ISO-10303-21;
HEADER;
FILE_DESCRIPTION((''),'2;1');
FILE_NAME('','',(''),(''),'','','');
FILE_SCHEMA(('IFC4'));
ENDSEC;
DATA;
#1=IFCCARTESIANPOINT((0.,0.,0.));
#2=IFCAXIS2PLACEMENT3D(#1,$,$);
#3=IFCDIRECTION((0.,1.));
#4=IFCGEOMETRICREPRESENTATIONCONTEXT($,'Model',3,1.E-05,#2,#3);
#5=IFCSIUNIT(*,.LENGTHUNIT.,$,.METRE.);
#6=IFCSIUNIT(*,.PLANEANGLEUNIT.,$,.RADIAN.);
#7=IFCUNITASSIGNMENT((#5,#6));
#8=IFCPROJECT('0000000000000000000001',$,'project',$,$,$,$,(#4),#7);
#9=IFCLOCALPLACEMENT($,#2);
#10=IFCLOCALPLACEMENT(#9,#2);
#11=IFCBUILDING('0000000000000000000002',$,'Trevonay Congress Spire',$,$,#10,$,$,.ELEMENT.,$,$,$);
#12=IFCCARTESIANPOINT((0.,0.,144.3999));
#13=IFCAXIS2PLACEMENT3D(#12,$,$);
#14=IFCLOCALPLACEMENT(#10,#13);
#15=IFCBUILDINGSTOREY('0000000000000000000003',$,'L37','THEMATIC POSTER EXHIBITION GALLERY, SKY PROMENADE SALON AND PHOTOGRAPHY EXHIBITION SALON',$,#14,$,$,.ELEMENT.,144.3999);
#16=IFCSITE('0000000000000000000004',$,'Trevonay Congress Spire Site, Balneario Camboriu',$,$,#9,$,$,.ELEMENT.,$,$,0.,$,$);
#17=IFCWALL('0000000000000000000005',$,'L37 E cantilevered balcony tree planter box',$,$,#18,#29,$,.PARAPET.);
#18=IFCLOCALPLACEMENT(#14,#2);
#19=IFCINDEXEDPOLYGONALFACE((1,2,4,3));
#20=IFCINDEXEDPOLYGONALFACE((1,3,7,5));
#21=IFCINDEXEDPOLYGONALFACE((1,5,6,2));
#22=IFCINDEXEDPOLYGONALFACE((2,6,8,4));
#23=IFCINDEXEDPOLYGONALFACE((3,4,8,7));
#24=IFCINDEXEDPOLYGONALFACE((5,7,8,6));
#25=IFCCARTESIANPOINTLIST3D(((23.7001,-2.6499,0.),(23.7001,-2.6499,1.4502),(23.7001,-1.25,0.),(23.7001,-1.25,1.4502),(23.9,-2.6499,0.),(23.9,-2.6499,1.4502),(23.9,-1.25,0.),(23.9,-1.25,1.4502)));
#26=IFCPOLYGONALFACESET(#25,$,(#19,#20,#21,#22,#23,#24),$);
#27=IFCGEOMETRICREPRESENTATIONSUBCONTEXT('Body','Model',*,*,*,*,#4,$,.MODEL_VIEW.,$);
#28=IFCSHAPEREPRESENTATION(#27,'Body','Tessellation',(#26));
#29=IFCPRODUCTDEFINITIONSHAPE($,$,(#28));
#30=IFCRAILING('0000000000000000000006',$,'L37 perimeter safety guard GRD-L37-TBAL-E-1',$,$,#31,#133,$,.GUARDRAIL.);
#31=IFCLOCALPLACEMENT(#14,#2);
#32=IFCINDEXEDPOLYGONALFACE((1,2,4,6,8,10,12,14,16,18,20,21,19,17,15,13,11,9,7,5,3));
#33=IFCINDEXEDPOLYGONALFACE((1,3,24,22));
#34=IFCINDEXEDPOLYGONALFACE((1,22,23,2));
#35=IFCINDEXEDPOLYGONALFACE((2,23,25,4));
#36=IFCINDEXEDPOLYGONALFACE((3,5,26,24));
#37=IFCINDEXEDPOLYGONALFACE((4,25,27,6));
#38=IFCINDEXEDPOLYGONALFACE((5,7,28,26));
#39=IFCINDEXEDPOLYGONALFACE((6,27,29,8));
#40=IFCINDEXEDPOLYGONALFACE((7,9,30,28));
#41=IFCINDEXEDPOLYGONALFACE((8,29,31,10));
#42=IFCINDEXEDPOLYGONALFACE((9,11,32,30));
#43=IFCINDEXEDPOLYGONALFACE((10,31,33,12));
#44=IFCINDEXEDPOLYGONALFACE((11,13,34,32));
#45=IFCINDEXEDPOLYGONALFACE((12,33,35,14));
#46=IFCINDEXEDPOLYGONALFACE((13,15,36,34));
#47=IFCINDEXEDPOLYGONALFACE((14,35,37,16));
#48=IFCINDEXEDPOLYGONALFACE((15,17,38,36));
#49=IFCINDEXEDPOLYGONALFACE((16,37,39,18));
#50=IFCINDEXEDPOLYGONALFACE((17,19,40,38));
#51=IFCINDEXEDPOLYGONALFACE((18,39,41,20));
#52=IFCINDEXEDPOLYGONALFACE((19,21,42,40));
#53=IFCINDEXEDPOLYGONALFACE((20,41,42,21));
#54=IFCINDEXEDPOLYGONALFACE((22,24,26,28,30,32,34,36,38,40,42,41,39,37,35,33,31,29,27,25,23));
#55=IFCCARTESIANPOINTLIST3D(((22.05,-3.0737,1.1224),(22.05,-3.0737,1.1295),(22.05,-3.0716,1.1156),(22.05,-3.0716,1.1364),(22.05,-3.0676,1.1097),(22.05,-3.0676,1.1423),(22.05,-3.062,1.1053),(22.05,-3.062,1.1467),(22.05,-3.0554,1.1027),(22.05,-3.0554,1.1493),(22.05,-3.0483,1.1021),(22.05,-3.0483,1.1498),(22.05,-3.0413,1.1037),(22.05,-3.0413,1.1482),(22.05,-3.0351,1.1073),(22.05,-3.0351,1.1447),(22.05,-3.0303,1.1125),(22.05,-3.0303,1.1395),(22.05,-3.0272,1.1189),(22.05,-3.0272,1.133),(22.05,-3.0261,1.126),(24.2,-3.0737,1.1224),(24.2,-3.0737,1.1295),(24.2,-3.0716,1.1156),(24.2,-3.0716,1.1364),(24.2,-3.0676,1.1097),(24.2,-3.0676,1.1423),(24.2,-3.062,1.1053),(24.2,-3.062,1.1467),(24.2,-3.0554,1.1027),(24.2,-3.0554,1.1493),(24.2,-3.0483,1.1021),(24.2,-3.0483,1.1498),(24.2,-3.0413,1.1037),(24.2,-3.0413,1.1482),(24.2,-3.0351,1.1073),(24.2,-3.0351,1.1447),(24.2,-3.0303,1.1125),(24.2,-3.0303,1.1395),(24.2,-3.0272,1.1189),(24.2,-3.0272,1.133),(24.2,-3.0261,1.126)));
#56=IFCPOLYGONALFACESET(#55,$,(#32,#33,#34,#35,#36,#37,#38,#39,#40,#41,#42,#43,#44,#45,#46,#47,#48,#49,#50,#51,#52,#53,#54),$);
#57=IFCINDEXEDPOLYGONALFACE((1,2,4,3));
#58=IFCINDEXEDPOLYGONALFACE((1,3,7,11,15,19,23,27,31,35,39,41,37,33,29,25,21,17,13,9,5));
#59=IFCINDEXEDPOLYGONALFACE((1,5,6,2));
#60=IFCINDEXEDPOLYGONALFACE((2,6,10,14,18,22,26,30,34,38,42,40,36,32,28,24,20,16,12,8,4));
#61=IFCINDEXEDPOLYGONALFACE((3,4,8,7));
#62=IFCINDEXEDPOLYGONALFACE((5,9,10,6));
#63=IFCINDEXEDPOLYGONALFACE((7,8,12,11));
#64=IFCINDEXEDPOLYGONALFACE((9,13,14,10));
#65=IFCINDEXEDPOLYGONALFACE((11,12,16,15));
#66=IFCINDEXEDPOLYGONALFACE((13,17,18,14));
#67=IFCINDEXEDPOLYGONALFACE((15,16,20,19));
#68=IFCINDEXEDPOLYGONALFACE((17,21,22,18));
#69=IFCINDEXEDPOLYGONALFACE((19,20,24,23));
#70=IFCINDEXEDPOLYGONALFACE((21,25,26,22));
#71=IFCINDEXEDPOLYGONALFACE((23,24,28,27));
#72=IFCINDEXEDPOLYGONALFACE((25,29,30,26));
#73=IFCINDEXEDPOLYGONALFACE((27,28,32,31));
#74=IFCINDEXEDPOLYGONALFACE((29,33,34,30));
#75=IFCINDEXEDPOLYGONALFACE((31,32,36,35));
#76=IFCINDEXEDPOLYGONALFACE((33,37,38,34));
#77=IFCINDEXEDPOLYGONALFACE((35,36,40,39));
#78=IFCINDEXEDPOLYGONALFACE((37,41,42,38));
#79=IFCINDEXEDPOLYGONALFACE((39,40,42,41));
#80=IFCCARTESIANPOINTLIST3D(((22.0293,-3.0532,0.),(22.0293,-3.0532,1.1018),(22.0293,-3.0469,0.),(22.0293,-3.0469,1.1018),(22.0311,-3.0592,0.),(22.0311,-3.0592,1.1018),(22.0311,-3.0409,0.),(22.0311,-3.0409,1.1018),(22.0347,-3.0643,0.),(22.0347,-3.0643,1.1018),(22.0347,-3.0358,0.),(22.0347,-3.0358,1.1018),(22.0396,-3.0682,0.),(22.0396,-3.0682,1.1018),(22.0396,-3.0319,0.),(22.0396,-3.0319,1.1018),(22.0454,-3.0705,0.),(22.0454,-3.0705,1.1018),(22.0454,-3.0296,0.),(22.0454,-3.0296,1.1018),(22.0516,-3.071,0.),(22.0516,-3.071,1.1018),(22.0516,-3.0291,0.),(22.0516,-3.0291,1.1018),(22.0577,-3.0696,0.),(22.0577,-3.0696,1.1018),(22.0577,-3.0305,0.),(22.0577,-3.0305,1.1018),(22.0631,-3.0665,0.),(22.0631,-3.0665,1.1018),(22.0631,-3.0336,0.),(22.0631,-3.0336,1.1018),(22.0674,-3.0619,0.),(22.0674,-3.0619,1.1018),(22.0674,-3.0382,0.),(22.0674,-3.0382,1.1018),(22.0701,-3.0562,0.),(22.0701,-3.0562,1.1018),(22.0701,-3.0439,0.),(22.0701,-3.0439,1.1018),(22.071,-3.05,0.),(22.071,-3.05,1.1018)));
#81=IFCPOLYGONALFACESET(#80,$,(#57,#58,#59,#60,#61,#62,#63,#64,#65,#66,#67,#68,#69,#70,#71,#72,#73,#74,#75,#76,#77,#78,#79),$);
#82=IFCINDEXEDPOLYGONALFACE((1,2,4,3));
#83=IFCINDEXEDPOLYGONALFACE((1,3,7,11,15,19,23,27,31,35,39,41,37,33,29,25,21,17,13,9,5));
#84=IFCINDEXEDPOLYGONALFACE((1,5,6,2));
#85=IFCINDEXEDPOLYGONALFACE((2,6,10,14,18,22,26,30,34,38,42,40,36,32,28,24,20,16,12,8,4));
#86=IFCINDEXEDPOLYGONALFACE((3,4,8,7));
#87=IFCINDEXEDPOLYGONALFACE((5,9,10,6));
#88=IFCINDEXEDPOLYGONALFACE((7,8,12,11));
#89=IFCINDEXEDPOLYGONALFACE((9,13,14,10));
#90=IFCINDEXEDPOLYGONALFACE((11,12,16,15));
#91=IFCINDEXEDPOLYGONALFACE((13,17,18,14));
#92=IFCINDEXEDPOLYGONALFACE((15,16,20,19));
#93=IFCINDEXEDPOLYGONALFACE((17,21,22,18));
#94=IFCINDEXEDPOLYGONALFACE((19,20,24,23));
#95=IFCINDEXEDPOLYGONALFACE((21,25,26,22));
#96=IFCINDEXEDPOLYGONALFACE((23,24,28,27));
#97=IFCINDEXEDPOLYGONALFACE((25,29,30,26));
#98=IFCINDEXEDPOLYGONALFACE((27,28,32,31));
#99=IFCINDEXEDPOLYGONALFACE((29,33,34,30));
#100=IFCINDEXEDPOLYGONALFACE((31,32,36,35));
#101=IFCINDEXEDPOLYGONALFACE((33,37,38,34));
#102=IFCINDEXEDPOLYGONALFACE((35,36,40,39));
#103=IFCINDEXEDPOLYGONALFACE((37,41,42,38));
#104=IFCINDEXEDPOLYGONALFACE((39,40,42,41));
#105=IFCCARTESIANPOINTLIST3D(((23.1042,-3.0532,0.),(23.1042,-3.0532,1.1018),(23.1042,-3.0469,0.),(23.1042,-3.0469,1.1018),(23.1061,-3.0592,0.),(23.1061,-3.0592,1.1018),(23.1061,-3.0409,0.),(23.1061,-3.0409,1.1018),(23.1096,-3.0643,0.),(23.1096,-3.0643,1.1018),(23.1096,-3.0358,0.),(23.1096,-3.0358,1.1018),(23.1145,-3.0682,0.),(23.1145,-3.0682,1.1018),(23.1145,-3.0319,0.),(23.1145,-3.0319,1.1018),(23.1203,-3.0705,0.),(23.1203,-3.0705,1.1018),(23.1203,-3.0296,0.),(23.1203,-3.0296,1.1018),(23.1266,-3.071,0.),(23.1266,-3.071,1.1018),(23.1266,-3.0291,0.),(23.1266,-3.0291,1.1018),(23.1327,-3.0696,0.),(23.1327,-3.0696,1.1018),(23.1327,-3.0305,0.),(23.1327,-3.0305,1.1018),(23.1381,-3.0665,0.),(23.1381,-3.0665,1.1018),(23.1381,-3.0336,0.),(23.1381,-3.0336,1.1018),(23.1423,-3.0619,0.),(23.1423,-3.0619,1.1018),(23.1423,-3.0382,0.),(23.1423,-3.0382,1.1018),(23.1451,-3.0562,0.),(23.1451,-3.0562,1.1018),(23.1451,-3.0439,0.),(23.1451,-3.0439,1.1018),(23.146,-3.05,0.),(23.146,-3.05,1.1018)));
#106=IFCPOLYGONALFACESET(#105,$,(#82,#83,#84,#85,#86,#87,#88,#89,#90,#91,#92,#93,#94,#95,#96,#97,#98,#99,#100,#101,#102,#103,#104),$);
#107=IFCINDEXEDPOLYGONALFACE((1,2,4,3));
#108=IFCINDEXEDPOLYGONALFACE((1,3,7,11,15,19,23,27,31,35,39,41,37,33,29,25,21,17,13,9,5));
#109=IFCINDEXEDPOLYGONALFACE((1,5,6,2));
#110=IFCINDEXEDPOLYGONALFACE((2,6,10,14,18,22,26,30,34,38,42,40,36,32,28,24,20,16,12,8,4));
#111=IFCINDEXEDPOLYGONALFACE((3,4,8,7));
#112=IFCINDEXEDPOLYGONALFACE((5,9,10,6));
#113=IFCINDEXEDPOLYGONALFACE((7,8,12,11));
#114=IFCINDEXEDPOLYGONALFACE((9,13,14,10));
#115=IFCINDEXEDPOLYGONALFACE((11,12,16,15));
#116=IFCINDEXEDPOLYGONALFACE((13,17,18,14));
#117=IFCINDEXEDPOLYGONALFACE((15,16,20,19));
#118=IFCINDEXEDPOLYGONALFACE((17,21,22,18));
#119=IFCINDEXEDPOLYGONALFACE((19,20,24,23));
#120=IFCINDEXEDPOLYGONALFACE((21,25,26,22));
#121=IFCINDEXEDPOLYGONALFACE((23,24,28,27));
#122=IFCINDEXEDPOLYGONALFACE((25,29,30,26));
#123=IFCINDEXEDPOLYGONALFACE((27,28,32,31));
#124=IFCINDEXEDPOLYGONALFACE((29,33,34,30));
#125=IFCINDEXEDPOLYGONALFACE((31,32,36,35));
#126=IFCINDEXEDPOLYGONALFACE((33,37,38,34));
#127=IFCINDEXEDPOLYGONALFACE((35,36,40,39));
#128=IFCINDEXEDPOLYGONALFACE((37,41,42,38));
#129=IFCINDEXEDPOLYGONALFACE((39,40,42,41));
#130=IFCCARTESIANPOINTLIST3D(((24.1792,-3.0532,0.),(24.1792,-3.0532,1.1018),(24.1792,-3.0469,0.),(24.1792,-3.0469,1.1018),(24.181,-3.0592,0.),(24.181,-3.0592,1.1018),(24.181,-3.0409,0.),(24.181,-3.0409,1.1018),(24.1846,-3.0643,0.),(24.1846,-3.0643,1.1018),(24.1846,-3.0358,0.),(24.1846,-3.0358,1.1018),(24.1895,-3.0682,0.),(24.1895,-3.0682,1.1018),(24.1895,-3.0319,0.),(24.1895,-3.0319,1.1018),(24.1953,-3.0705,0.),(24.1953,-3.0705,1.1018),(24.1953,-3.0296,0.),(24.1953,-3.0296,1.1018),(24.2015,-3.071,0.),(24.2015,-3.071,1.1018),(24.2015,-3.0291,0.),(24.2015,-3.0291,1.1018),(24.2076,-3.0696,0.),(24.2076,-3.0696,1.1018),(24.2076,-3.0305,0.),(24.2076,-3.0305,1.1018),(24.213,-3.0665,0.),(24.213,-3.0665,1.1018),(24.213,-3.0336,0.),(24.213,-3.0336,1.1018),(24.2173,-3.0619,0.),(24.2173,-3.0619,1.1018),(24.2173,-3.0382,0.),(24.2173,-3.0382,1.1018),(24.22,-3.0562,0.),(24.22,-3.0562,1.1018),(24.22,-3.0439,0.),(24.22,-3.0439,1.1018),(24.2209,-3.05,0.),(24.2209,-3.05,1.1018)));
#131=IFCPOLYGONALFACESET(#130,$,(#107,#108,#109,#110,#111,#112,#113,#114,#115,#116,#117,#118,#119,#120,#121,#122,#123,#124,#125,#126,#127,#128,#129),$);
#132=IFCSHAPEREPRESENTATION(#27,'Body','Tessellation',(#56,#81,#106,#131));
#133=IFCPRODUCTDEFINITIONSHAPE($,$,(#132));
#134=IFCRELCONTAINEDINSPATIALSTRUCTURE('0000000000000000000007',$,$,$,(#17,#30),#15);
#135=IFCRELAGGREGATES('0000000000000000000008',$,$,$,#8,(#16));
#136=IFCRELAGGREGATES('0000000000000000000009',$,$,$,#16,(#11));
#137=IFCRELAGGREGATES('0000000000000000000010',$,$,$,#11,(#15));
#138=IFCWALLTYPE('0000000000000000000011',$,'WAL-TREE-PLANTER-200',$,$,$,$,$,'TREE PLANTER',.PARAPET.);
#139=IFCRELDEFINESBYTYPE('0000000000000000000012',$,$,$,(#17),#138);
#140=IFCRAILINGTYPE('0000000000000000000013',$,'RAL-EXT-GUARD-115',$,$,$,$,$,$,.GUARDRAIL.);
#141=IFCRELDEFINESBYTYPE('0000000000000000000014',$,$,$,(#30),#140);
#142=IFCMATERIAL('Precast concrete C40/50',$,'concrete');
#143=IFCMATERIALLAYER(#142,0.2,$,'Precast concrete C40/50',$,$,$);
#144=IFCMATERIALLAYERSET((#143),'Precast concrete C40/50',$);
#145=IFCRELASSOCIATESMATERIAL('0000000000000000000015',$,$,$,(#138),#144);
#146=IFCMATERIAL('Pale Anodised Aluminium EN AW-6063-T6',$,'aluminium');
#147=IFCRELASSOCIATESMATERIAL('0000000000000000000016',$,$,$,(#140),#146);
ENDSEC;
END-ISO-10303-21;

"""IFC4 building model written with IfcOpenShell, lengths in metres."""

from ifc_helpers import new_model, si_unit, direction, frame, frame_2d, origin, origin_2d, place, context, subcontext, project, spatial, rectangle, circle, extrude, material, layer, layer_set, type_object, element, save


model = new_model("IFC4")

# Units and contexts
model_context = context("Model", 3, precision=1e-05, world=origin(), true_north=direction((0.0, 1.0)))
body_context = subcontext(model_context, "Body", "Model", "MODEL_VIEW")
ifc_project = project(units=[si_unit("LENGTHUNIT", "METRE"), si_unit("PLANEANGLEUNIT", "RADIAN")], contexts=[model_context])

# Site, building, storey
site_placement = place(None, origin())
site = spatial("IfcSite", under=ifc_project, at=site_placement, Name="Trevonay Congress Spire Site, Balneario Camboriu", CompositionType="ELEMENT", RefElevation=0.0)
building_placement = place(site_placement, origin())
building = spatial("IfcBuilding", under=site, at=building_placement, Name="Trevonay Congress Spire", CompositionType="ELEMENT")
storey_placement = place(building_placement, frame((0.0, 0.0, 144.3999)))
storey = spatial("IfcBuildingStorey", under=building, at=storey_placement, Name="L37", Description="THEMATIC POSTER EXHIBITION GALLERY, SKY PROMENADE SALON AND PHOTOGRAPHY EXHIBITION SALON", CompositionType="ELEMENT", Elevation=144.3999)

# Shared definitions
ifc_material_1 = material(Name="Pale Anodised Aluminium EN AW-6063-T6", Category="aluminium")

# Shared definitions
ifc_material_2 = material(Name="Precast concrete C40/50", Category="concrete")

# Wall
ifc_layer_1 = layer(ifc_material_2, 0.2, Name="Precast concrete C40/50")
ifc_layer_set_1 = layer_set([ifc_layer_1], Name="Precast concrete C40/50")
wall_type_1 = type_object("IfcWallType", Name="WAL-TREE-PLANTER-200", ElementType="TREE PLANTER", PredefinedType="PARAPET", material=ifc_layer_set_1)
wall_1_placement = place(storey_placement, frame((23.8, -2.6499, 0.0), z_axis=(0.0, 0.0, 1.0), x_axis=(0.0, 1.0, 0.0)))
element("IfcWall", 1, at=wall_1_placement, inside=storey, type_object=wall_type_1, Name="L37 E cantilevered balcony tree planter box", PredefinedType="PARAPET", context=body_context, shape_type="SweptSolid", body=[
    extrude(rectangle(XDim=1.3999, YDim=0.2, at=frame_2d((0.7, 0.0))), origin(), (0.0, 0.0, 1.0), 1.4502),
])

# Railing
railing_type = type_object("IfcRailingType", Name="RAL-EXT-GUARD-115", PredefinedType="GUARDRAIL", material=ifc_material_1)
railing_1_placement = place(storey_placement, frame((22.05, -3.05, 0.0)))
element("IfcRailing", 2, at=railing_1_placement, inside=storey, type_object=railing_type, Name="L37 perimeter safety guard GRD-L37-TBAL-E-1", PredefinedType="GUARDRAIL", context=body_context, shape_type="SweptSolid", body=[
    extrude(circle(Radius=0.0239, at=origin_2d()), frame((0.0, 0.0, 1.126), z_axis=(1.0, 0.0, 0.0), x_axis=(0.0, 1.0, 0.0)), (0.0, 0.0, 1.0), 2.1499),
    extrude(circle(Radius=0.021, at=origin_2d()), origin(), (0.0, 0.0, 1.0), 1.1018),
    extrude(circle(Radius=0.021, at=origin_2d()), frame((1.075, 0.0, 0.0)), (0.0, 0.0, 1.0), 1.1018),
    extrude(circle(Radius=0.021, at=origin_2d()), frame((2.1499, 0.0, 0.0)), (0.0, 0.0, 1.0), 1.1018),
])

save(model, "model.ifc")
